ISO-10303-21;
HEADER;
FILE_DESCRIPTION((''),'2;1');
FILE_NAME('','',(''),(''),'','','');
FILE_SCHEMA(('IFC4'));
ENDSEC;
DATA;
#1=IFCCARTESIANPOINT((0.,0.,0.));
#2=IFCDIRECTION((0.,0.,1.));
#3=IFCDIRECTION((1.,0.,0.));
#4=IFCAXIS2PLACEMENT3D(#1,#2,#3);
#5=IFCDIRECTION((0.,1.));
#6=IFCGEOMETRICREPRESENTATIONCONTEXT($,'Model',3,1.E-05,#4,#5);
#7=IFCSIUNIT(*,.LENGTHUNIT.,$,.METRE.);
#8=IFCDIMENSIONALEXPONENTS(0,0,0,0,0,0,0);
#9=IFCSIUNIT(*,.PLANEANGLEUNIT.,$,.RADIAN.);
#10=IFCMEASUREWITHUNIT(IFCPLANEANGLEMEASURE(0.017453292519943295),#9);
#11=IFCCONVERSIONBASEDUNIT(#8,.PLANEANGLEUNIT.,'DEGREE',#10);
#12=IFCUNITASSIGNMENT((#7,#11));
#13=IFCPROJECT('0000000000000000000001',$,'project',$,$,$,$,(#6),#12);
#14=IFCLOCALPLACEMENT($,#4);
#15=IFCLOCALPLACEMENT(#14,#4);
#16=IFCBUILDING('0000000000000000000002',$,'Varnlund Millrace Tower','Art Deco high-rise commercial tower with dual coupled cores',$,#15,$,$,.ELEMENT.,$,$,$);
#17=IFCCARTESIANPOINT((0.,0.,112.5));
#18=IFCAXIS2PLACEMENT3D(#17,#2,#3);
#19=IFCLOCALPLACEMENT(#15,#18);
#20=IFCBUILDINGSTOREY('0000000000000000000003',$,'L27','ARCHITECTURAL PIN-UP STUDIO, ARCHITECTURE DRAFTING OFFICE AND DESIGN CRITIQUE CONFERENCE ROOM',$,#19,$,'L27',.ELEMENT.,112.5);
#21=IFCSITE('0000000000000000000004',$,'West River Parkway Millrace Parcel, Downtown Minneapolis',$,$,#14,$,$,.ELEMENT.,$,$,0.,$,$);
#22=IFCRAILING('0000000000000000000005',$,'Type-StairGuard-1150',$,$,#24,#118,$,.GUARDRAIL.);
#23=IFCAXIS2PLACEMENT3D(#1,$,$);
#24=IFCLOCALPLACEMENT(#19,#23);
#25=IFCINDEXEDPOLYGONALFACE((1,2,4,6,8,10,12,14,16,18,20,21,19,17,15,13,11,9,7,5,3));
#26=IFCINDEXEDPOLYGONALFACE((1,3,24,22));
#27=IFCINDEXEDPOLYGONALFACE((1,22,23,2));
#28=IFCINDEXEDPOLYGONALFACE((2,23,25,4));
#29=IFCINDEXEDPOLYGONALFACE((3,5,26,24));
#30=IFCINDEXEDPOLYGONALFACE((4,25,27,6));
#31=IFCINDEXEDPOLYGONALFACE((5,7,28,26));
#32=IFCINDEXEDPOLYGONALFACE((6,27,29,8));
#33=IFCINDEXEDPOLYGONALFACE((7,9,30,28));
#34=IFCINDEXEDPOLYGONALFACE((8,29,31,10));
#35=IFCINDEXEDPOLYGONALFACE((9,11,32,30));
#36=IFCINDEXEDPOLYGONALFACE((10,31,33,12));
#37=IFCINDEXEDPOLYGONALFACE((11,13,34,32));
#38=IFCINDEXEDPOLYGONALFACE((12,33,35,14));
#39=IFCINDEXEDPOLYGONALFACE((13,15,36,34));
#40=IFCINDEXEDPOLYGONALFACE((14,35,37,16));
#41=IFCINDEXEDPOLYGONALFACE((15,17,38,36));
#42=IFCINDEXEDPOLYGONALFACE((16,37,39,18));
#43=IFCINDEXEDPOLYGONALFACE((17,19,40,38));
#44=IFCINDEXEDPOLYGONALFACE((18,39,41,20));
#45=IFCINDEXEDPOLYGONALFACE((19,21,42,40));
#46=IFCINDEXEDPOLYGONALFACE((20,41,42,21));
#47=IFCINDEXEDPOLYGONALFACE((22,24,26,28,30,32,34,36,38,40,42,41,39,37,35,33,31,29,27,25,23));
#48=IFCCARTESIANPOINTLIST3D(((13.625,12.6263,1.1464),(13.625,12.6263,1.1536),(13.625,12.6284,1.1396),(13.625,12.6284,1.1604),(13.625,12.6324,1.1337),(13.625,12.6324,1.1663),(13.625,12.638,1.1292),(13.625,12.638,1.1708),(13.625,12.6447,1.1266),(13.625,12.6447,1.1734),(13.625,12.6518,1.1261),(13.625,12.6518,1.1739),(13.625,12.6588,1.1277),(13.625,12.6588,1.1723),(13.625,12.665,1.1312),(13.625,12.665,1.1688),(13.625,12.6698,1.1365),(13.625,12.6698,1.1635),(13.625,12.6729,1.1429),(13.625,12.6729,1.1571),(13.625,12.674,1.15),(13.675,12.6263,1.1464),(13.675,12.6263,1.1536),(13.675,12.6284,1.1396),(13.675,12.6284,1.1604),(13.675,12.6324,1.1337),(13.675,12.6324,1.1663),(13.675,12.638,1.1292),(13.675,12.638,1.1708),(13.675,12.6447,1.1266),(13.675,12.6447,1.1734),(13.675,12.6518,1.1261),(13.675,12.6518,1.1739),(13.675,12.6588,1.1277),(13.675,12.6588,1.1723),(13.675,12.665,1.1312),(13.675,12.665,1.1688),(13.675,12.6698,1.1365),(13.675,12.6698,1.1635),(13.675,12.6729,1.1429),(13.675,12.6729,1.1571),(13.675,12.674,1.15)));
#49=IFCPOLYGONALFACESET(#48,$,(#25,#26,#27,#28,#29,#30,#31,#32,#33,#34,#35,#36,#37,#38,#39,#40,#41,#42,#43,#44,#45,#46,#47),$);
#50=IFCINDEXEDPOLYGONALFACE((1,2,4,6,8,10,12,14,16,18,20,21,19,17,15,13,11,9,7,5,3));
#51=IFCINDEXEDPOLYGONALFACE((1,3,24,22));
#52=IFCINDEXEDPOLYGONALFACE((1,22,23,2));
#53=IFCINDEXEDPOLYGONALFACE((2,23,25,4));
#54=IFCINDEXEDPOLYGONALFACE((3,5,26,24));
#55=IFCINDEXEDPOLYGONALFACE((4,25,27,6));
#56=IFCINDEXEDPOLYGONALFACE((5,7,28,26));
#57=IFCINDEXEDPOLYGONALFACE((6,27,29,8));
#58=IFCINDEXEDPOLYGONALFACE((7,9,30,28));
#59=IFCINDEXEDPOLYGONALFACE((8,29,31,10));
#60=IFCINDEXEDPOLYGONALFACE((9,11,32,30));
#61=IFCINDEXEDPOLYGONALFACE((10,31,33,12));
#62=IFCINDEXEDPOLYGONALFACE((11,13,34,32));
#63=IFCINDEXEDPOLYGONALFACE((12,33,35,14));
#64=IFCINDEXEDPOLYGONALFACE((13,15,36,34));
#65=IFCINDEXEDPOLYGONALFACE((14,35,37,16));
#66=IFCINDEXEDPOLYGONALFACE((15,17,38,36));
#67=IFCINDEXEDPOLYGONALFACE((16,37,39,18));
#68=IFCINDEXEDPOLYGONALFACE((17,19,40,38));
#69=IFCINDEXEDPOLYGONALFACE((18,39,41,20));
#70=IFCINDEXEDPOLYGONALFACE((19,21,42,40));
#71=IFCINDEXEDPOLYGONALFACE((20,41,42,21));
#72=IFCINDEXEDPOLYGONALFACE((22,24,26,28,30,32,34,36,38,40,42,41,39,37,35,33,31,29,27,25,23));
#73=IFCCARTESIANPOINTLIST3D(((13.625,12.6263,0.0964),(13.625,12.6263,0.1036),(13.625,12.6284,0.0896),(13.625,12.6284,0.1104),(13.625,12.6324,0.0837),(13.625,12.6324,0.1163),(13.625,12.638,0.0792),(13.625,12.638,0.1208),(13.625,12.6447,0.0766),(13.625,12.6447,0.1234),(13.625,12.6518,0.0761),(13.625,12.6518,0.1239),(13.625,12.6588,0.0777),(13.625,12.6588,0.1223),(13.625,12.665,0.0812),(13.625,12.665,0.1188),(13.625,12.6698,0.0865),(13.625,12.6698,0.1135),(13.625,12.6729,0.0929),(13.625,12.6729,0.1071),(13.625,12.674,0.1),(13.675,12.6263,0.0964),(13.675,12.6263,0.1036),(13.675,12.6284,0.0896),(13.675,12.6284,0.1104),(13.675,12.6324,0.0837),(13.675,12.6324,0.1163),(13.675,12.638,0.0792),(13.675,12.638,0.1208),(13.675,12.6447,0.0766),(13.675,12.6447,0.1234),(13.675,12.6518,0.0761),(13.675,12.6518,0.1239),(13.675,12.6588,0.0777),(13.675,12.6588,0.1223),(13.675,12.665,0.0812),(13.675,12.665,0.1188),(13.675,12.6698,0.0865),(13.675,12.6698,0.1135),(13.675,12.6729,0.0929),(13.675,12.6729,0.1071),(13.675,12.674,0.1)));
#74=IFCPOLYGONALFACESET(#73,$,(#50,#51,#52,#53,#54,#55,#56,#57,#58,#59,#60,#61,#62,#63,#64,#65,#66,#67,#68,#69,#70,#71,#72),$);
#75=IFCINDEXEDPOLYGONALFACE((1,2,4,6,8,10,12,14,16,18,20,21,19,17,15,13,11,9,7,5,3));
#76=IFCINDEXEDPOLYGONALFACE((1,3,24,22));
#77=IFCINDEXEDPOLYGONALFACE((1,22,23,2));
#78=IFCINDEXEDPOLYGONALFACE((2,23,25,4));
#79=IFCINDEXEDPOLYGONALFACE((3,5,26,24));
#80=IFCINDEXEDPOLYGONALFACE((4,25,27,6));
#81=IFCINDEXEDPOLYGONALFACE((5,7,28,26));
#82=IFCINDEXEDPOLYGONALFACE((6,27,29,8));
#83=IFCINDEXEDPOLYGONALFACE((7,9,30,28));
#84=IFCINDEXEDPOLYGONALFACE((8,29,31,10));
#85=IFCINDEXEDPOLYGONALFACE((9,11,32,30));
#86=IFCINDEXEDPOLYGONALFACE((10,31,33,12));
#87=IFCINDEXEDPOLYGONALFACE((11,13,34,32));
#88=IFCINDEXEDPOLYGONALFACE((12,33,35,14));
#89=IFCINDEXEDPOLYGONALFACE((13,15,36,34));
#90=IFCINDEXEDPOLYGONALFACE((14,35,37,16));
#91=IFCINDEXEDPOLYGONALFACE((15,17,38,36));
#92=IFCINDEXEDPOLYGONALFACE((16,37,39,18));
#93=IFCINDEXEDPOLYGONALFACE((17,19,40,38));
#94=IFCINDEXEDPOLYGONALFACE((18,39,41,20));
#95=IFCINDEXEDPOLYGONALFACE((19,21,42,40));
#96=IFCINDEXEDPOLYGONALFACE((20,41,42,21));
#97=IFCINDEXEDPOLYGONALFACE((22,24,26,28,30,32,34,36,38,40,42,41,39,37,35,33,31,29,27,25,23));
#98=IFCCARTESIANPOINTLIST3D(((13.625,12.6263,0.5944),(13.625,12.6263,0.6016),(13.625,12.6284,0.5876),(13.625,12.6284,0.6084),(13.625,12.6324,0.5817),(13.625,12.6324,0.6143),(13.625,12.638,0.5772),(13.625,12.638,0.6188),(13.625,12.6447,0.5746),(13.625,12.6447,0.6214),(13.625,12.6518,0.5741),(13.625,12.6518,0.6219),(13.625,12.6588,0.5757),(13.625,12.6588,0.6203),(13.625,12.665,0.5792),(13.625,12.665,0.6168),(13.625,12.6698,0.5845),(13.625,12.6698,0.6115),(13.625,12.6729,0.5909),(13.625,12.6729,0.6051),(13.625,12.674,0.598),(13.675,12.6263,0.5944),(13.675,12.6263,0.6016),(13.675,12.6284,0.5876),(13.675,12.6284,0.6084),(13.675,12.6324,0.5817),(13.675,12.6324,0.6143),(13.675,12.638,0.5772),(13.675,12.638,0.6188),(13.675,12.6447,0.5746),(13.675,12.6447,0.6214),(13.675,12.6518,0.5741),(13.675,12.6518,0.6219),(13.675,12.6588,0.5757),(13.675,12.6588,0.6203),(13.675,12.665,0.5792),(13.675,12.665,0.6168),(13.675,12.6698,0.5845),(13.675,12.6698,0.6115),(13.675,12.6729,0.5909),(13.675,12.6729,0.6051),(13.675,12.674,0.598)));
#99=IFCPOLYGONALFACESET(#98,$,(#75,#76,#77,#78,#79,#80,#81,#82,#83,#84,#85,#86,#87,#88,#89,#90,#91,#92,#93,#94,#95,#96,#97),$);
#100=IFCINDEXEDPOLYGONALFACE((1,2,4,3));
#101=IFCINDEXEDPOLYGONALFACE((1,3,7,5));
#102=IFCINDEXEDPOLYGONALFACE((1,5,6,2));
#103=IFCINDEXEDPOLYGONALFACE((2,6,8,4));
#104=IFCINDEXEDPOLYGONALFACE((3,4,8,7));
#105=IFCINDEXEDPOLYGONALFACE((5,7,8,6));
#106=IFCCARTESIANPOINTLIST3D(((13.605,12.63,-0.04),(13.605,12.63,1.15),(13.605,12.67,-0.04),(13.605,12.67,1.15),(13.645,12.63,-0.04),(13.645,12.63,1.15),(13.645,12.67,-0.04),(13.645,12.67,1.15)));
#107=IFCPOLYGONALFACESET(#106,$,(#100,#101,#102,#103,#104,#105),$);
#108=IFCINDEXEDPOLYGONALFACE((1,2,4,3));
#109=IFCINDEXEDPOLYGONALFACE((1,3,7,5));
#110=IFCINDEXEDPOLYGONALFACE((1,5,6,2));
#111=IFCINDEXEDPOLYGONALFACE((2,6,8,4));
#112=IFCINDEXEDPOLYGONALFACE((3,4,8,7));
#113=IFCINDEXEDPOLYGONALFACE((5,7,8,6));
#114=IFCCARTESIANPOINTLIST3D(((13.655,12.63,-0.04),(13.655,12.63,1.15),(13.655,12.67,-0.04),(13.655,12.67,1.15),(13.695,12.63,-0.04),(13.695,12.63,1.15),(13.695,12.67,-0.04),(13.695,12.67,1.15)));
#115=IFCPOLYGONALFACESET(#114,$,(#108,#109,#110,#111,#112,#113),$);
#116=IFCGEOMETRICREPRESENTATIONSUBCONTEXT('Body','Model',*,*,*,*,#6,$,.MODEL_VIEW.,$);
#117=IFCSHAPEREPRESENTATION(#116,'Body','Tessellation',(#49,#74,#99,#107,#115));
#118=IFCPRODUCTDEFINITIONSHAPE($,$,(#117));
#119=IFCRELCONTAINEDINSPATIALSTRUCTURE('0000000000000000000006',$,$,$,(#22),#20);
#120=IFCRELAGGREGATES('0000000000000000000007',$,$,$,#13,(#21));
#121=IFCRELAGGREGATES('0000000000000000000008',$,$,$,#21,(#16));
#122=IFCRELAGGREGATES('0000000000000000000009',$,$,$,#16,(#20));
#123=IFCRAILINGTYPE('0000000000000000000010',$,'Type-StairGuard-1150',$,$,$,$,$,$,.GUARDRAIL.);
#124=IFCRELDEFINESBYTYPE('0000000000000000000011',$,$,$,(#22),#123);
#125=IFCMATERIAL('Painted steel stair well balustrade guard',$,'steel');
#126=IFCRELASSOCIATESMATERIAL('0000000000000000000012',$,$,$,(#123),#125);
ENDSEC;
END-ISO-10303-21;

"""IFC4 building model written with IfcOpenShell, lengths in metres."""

from ifc_helpers import new_model, entity, si_unit, converted_unit, direction, frame, origin_with_axes, origin_2d_with_axis, place, context, subcontext, project, spatial, rectangle, circle, extrude, material, type_object, element, save


model = new_model("IFC4")

# Units and contexts
model_context = context("Model", 3, precision=1e-05, world=origin_with_axes(), true_north=direction((0.0, 1.0)))
body_context = subcontext(model_context, "Body", "Model", "MODEL_VIEW")
ifc_project = project(units=[si_unit("LENGTHUNIT", "METRE"), converted_unit("PLANEANGLEUNIT", "DEGREE", entity("IfcPlaneAngleMeasure", 0.017453292519943295), si_unit("PLANEANGLEUNIT", "RADIAN"), dimensions=[0, 0, 0, 0, 0, 0, 0])], contexts=[model_context])

# Site, building, storey
site_placement = place(None, origin_with_axes())
site = spatial("IfcSite", under=ifc_project, at=site_placement, Name="West River Parkway Millrace Parcel, Downtown Minneapolis", CompositionType="ELEMENT", RefElevation=0.0)
building_placement = place(site_placement, origin_with_axes())
building = spatial("IfcBuilding", under=site, at=building_placement, Name="Varnlund Millrace Tower", Description="Art Deco high-rise commercial tower with dual coupled cores", CompositionType="ELEMENT")
storey_placement = place(building_placement, frame((0.0, 0.0, 112.5), z_axis=(0.0, 0.0, 1.0), x_axis=(1.0, 0.0, 0.0)))
storey = spatial("IfcBuildingStorey", under=building, at=storey_placement, Name="L27", Description="ARCHITECTURAL PIN-UP STUDIO, ARCHITECTURE DRAFTING OFFICE AND DESIGN CRITIQUE CONFERENCE ROOM", LongName="L27", CompositionType="ELEMENT", Elevation=112.5)

# Railing
ifc_material_1 = material(Name="Painted steel stair well balustrade guard", Category="steel")
railing_type_1 = type_object("IfcRailingType", Name="Type-StairGuard-1150", PredefinedType="GUARDRAIL", material=ifc_material_1)
railing_1_placement = place(storey_placement, frame((0.0, 0.0, -112.5), z_axis=(0.0, 0.0, 1.0), x_axis=(1.0, 0.0, 0.0)))
element("IfcRailing", 1, at=railing_1_placement, inside=storey, type_object=railing_type_1, Name="Type-StairGuard-1150", PredefinedType="GUARDRAIL", context=body_context, shape_type="SweptSolid", body=[
    extrude(circle(Radius=0.024, at=origin_2d_with_axis()), frame((13.625, 12.65, 113.65), z_axis=(1.0, 0.0, 0.0), x_axis=(0.0, 1.0, 0.0)), (0.0, 0.0, 1.0), 0.05),
    extrude(circle(Radius=0.024, at=origin_2d_with_axis()), frame((13.625, 12.65, 112.6), z_axis=(1.0, 0.0, 0.0), x_axis=(0.0, 1.0, 0.0)), (0.0, 0.0, 1.0), 0.05),
    extrude(circle(Radius=0.024, at=origin_2d_with_axis()), frame((13.625, 12.65, 113.098), z_axis=(1.0, 0.0, 0.0), x_axis=(0.0, 1.0, 0.0)), (0.0, 0.0, 1.0), 0.05),
    extrude(rectangle(XDim=0.04, YDim=0.04, at=origin_2d_with_axis()), frame((13.625, 12.65, 112.46), z_axis=(0.0, 0.0, 1.0), x_axis=(1.0, 0.0, 0.0)), (0.0, 0.0, 1.0), 1.19),
    extrude(rectangle(XDim=0.04, YDim=0.04, at=origin_2d_with_axis()), frame((13.675, 12.65, 112.46), z_axis=(0.0, 0.0, 1.0), x_axis=(1.0, 0.0, 0.0)), (0.0, 0.0, 1.0), 1.19),
])

save(model, "model.ifc")
